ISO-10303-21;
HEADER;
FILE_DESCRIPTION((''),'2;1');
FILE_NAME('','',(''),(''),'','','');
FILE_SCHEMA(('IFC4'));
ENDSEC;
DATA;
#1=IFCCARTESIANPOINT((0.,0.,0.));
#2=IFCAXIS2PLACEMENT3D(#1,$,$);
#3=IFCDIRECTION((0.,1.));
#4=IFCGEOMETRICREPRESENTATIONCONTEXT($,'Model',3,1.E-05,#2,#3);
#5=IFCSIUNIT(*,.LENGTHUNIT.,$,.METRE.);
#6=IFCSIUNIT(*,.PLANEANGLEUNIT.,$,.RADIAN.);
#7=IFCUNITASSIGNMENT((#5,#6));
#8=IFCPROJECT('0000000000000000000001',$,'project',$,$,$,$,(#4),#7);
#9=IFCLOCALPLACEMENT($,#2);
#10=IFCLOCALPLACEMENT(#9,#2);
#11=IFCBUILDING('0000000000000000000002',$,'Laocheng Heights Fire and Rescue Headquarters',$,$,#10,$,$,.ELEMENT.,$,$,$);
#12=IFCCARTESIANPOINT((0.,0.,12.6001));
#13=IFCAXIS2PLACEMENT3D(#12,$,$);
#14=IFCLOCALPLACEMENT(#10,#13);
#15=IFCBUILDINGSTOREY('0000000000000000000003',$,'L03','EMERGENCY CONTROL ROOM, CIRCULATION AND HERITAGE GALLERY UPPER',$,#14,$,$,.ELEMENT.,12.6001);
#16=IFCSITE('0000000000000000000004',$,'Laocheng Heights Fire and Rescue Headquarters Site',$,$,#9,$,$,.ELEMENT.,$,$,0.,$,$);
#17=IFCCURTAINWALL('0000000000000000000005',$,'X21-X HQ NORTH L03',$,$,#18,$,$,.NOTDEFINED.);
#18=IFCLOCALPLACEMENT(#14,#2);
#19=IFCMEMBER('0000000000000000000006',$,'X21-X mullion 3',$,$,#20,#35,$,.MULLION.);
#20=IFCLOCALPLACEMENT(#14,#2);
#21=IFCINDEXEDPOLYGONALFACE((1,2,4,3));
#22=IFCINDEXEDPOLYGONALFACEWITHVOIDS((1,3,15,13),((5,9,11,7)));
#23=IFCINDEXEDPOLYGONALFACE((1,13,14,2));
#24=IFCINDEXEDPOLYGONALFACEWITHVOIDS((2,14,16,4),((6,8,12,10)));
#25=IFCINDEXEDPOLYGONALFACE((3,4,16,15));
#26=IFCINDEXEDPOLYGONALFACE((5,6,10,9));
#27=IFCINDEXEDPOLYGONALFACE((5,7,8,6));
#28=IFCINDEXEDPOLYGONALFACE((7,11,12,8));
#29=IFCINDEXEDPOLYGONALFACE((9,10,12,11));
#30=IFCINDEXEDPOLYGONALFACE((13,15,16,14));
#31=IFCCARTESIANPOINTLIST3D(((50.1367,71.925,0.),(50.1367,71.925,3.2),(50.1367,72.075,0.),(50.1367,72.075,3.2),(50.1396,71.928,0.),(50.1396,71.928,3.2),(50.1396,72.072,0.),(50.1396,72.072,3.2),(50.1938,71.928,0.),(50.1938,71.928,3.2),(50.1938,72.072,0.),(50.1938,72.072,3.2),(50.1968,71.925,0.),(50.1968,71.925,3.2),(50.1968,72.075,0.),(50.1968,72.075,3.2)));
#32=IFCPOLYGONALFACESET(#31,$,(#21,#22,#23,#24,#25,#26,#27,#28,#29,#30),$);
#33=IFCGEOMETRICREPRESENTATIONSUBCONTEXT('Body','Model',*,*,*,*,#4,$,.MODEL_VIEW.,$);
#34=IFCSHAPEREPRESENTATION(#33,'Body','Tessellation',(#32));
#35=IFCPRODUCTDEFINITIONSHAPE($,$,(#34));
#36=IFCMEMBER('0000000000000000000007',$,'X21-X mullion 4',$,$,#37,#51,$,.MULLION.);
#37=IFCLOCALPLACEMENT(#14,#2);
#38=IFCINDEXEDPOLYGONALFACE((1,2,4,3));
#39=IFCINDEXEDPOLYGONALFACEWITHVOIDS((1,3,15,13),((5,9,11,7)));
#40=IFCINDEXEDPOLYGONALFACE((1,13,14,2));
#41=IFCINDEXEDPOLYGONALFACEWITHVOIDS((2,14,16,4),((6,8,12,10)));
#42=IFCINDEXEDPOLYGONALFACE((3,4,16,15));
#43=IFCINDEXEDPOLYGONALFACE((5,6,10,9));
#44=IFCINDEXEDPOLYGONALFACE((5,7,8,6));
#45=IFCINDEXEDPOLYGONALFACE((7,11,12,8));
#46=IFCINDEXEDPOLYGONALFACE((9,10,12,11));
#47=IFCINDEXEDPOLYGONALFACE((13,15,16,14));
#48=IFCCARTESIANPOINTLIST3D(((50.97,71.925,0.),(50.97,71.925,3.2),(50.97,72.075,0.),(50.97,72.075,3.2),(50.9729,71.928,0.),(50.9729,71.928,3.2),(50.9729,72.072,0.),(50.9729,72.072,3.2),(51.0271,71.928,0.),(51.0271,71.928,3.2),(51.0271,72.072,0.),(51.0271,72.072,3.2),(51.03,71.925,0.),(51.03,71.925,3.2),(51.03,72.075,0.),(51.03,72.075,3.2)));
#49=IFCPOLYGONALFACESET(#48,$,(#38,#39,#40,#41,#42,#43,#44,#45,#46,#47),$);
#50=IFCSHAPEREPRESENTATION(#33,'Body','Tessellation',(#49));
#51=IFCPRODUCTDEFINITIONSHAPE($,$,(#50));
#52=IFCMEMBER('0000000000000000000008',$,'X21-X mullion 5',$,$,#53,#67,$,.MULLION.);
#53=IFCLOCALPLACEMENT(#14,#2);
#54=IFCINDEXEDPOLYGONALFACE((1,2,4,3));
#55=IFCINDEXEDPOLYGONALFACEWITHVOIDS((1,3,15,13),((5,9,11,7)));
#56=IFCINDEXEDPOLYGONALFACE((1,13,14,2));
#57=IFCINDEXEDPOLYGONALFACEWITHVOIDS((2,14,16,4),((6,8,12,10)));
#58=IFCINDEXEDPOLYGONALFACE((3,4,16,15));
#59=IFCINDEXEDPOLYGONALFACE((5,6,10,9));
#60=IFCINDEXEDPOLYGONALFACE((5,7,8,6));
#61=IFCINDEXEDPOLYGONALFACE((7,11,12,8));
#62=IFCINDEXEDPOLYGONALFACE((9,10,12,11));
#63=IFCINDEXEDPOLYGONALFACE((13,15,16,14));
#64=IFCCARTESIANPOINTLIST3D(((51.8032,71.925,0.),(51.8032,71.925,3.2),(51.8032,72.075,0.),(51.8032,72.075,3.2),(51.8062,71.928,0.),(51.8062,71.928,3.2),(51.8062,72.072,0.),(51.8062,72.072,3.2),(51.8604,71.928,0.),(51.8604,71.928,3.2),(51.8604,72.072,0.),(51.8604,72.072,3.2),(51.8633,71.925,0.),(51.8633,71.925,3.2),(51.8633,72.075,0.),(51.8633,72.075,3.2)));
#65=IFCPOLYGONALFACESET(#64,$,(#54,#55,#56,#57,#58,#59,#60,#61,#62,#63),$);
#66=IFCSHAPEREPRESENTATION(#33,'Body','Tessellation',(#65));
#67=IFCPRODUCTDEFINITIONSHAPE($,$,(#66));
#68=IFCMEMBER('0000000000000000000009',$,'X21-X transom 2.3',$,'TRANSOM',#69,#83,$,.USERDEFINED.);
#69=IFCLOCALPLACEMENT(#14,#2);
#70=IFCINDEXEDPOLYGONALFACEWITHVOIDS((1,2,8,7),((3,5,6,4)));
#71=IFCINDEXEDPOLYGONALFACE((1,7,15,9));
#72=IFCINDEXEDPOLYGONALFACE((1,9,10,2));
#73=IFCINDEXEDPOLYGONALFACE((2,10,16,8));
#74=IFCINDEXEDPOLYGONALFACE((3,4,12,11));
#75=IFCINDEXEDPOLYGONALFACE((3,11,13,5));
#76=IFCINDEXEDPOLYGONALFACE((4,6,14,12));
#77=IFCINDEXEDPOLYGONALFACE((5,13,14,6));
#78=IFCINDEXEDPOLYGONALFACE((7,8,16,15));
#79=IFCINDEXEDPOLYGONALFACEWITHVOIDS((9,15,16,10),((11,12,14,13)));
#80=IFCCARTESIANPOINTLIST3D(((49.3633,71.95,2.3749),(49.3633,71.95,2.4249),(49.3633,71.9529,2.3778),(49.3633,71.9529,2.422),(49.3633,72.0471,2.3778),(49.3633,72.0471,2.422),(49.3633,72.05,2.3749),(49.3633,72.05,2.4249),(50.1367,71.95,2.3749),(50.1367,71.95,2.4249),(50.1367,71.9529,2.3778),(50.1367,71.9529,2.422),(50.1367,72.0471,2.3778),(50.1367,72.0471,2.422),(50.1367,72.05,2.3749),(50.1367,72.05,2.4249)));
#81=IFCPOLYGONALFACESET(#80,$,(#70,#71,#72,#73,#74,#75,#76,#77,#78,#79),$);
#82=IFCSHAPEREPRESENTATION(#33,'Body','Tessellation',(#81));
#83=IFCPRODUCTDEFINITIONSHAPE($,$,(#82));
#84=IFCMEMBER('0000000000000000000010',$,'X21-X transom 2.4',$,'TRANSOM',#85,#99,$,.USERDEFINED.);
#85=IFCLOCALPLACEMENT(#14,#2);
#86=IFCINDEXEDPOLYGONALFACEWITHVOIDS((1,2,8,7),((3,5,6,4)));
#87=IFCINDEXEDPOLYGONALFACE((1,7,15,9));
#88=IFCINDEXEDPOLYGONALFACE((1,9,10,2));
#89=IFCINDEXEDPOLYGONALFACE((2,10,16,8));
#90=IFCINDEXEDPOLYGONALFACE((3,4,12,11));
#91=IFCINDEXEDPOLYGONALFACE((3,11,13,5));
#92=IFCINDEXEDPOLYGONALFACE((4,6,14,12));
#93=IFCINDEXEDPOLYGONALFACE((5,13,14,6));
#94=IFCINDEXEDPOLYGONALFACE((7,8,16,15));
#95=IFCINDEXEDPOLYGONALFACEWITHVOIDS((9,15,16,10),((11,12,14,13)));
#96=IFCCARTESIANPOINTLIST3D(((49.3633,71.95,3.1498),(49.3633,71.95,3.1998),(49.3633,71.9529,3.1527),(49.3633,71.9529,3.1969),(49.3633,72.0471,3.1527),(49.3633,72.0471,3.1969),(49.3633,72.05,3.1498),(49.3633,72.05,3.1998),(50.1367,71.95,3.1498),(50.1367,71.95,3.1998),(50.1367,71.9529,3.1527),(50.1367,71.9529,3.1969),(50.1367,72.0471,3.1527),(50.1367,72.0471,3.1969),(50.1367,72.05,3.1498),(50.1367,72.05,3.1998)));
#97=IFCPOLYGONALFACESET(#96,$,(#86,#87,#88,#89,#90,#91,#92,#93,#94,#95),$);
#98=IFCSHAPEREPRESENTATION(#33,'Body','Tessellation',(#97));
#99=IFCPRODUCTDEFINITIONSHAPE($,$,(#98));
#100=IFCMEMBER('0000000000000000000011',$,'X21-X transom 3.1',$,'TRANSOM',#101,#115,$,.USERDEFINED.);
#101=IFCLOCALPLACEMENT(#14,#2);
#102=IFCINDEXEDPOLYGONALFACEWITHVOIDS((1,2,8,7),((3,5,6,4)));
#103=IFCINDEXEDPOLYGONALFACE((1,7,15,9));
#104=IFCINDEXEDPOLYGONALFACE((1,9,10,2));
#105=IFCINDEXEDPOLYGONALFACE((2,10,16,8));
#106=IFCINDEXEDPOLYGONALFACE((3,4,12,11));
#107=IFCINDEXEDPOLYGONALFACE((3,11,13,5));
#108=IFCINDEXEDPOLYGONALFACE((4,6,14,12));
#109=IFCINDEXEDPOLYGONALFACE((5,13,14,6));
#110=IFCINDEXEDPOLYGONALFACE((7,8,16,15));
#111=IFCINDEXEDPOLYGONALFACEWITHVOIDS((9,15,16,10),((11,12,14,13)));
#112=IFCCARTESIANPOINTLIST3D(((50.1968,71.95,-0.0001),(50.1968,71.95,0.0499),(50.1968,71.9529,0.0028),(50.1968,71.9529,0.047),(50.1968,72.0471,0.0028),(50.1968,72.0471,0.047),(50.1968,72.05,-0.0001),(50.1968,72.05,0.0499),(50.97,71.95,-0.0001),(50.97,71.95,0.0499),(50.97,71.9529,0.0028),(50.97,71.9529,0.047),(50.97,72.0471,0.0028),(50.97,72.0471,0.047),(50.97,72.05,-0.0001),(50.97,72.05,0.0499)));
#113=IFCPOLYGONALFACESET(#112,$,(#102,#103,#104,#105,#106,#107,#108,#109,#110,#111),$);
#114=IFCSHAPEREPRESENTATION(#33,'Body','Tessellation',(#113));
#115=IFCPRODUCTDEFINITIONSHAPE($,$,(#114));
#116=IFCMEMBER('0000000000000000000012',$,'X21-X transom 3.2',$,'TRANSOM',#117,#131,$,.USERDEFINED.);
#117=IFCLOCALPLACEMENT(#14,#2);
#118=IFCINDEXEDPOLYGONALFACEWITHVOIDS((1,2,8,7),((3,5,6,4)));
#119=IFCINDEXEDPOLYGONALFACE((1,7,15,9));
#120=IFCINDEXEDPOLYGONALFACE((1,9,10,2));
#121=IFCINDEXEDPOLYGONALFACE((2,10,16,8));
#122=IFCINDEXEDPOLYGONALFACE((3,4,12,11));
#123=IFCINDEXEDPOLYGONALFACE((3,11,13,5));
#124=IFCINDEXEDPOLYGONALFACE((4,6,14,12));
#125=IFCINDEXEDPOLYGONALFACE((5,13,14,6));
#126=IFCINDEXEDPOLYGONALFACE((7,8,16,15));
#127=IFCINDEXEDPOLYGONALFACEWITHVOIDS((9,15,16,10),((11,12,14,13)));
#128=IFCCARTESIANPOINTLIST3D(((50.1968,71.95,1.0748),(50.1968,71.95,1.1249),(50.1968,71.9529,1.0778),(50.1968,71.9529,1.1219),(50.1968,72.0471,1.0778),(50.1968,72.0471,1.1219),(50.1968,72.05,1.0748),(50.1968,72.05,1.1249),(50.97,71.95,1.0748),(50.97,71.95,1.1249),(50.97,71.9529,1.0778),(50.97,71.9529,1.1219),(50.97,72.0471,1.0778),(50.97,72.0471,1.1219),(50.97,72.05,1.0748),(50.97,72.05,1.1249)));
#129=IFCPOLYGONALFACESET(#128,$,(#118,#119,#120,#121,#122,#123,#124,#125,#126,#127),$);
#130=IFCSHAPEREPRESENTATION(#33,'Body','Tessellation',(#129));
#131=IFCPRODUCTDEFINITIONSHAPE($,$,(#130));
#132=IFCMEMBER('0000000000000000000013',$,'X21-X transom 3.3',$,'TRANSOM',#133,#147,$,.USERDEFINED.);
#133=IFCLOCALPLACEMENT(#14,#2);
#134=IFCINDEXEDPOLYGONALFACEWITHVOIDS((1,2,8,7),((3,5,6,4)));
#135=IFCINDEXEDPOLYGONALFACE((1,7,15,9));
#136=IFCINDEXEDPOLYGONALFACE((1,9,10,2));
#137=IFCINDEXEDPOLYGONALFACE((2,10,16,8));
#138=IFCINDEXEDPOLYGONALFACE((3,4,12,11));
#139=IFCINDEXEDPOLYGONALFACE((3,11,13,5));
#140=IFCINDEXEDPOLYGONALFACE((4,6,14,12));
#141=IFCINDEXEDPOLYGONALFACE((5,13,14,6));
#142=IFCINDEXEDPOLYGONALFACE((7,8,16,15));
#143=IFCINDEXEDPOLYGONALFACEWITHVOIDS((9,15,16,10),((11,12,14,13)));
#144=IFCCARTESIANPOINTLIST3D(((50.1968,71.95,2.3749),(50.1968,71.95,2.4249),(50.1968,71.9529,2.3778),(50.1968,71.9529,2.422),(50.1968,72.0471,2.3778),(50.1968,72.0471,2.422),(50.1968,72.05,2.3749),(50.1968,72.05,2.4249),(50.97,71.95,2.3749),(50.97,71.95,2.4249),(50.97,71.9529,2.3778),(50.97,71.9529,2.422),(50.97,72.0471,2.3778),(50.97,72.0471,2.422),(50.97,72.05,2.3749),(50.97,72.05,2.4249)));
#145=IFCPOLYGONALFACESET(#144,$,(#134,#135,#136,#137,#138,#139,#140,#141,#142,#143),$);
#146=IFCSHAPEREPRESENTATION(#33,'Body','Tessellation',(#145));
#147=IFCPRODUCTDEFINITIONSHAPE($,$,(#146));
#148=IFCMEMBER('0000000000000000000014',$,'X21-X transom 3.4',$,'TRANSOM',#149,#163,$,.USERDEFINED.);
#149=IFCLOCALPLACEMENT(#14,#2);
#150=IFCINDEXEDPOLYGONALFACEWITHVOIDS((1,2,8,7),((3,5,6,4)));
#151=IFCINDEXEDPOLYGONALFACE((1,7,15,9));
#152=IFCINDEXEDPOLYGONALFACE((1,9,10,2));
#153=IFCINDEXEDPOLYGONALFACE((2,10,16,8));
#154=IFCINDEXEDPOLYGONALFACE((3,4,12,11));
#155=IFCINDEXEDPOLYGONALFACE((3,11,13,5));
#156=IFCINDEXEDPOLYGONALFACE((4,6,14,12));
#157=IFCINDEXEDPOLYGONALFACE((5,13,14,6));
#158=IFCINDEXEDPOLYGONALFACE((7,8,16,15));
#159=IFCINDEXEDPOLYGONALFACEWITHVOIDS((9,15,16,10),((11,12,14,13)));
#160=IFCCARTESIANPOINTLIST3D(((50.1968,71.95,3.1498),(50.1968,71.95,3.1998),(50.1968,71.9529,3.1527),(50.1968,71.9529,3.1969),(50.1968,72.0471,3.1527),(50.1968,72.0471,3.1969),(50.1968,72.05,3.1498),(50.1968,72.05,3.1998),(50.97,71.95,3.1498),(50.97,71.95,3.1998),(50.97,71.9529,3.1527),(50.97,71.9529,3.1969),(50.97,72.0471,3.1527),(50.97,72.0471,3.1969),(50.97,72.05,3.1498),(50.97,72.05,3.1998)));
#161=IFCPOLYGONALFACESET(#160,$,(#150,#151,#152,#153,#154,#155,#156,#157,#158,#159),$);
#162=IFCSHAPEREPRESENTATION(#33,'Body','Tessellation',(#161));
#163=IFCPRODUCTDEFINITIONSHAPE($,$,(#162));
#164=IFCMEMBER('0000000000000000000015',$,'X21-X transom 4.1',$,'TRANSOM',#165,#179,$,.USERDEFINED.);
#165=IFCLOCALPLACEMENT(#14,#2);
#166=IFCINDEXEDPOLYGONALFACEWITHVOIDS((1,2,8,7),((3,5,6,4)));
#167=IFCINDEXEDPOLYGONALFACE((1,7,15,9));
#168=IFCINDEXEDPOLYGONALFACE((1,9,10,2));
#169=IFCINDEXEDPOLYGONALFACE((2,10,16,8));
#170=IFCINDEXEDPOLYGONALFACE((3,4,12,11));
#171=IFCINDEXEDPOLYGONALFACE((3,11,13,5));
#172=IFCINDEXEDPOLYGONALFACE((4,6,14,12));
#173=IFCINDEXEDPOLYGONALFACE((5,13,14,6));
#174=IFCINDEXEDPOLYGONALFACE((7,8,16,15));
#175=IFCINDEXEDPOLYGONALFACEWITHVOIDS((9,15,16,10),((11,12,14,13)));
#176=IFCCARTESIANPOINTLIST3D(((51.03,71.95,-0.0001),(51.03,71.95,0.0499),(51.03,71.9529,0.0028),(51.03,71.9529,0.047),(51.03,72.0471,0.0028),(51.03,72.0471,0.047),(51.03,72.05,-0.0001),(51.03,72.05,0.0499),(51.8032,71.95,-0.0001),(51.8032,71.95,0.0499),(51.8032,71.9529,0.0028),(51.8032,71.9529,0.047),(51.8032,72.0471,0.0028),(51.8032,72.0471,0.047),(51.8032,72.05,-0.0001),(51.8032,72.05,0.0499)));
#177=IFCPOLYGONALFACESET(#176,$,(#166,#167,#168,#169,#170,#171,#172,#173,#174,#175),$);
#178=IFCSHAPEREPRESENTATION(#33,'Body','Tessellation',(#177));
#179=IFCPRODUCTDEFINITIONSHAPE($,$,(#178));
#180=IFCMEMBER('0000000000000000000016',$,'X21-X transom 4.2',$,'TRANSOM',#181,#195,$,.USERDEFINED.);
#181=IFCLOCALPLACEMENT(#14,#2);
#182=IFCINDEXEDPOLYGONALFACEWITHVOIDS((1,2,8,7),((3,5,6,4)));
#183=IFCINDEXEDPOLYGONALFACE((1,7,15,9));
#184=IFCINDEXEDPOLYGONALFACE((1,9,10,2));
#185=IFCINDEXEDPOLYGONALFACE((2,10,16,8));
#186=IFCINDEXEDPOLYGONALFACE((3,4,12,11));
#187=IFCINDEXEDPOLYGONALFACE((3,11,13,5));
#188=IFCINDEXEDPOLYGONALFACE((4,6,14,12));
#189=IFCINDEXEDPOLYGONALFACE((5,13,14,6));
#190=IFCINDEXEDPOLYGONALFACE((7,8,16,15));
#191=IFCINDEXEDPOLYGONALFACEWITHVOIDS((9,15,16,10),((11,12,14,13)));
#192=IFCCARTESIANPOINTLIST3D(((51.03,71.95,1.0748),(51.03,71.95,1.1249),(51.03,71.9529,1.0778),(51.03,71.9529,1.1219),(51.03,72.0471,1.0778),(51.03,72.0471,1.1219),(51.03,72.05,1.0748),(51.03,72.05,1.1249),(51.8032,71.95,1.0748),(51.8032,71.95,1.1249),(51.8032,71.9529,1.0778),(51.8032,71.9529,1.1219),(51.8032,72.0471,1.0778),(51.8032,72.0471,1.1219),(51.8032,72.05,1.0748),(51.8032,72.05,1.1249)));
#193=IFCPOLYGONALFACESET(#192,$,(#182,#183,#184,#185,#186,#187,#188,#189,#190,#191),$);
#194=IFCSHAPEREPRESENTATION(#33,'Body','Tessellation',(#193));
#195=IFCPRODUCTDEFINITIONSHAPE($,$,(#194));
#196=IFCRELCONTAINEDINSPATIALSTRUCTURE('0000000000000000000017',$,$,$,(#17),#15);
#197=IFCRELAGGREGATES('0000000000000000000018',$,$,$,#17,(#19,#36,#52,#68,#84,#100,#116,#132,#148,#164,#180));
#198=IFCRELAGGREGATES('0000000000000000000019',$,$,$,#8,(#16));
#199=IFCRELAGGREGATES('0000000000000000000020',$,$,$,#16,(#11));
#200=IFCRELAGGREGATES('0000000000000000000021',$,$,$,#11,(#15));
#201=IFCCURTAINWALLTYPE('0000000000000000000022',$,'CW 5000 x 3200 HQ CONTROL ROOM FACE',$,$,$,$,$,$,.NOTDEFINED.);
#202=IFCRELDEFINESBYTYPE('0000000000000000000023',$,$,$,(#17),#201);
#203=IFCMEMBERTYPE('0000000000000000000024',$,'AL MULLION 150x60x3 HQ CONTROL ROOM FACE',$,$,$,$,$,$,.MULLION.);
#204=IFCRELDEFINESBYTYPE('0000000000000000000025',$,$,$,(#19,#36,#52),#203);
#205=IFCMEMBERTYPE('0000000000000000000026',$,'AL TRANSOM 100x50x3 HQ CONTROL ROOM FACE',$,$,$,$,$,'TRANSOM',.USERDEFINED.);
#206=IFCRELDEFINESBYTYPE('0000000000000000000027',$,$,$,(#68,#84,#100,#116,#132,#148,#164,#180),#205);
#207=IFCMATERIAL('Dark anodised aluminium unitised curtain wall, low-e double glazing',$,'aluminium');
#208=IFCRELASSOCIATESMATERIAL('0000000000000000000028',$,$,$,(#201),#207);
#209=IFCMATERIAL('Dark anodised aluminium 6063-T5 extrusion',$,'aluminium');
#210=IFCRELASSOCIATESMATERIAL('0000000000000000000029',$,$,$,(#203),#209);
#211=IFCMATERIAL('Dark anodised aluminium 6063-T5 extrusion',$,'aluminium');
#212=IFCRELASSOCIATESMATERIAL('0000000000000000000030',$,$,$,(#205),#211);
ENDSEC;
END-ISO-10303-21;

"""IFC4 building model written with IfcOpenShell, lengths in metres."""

from ifc_helpers import new_model, si_unit, direction, frame, origin, origin_2d, place, context, subcontext, project, spatial, hollow_rectangle, extrude, material, material_profile, profile_set, type_object, element, aggregate, save


model = new_model("IFC4")

# Units and contexts
model_context = context("Model", 3, precision=1e-05, world=origin(), true_north=direction((0.0, 1.0)))
body_context = subcontext(model_context, "Body", "Model", "MODEL_VIEW")
ifc_project = project(units=[si_unit("LENGTHUNIT", "METRE"), si_unit("PLANEANGLEUNIT", "RADIAN")], contexts=[model_context])

# Site, building, storey
site_placement = place(None, origin())
site = spatial("IfcSite", under=ifc_project, at=site_placement, Name="Laocheng Heights Fire and Rescue Headquarters Site", CompositionType="ELEMENT", RefElevation=0.0)
building_placement = place(site_placement, origin())
building = spatial("IfcBuilding", under=site, at=building_placement, Name="Laocheng Heights Fire and Rescue Headquarters", CompositionType="ELEMENT")
storey_placement = place(building_placement, frame((0.0, 0.0, 12.6001)))
storey = spatial("IfcBuildingStorey", under=building, at=storey_placement, Name="L03", Description="EMERGENCY CONTROL ROOM, CIRCULATION AND HERITAGE GALLERY UPPER", CompositionType="ELEMENT", Elevation=12.6001)

# Curtain wall, members
ifc_material_1 = material(Name="Dark anodised aluminium unitised curtain wall, low-e double glazing", Category="aluminium")
curtain_wall_type = type_object("IfcCurtainWallType", Name="CW 5000 x 3200 HQ CONTROL ROOM FACE", PredefinedType="NOTDEFINED", material=ifc_material_1)
curtain_wall_placement = place(storey_placement, origin())
curtain_wall = element("IfcCurtainWall", 1, at=curtain_wall_placement, inside=storey, type_object=curtain_wall_type, Name="X21-X HQ NORTH L03", PredefinedType="NOTDEFINED")
ifc_material_2 = material(Name="Dark anodised aluminium 6063-T5 extrusion", Category="aluminium")
ifc_material_profile_1 = material_profile(ifc_material_2, hollow_rectangle(XDim=0.1499, YDim=0.0601, WallThickness=0.0029, at=origin_2d()), Name="AL MULLION 150x60x3 HQ CONTROL ROOM FACE")
ifc_profile_set_1 = profile_set([ifc_material_profile_1], Name="Dark anodised aluminium 6063-T5 extrusion")
member_type_1 = type_object("IfcMemberType", Name="AL MULLION 150x60x3 HQ CONTROL ROOM FACE", PredefinedType="MULLION", material=ifc_profile_set_1)
member_1_placement = place(storey_placement, frame((50.1667, 72.0, 0.0), z_axis=(0.0, 0.0, 1.0), x_axis=(0.0, 1.0, 0.0)))
member_1 = element("IfcMember", 2, at=member_1_placement, type_object=member_type_1, Name="X21-X mullion 3", PredefinedType="MULLION", context=body_context, shape_type="SweptSolid", body=[
    extrude(hollow_rectangle(XDim=0.1499, YDim=0.0601, WallThickness=0.0029, at=origin_2d()), origin(), (0.0, 0.0, 1.0), 3.2),
])
member_2_placement = place(storey_placement, frame((51.0, 72.0, 0.0), z_axis=(0.0, 0.0, 1.0), x_axis=(0.0, 1.0, 0.0)))
member_2 = element("IfcMember", 3, at=member_2_placement, type_object=member_type_1, Name="X21-X mullion 4", PredefinedType="MULLION", context=body_context, shape_type="SweptSolid", body=[
    extrude(hollow_rectangle(XDim=0.1499, YDim=0.0601, WallThickness=0.0029, at=origin_2d()), origin(), (0.0, 0.0, 1.0), 3.2),
])
member_3_placement = place(storey_placement, frame((51.8333, 72.0, 0.0), z_axis=(0.0, 0.0, 1.0), x_axis=(0.0, 1.0, 0.0)))
member_3 = element("IfcMember", 4, at=member_3_placement, type_object=member_type_1, Name="X21-X mullion 5", PredefinedType="MULLION", context=body_context, shape_type="SweptSolid", body=[
    extrude(hollow_rectangle(XDim=0.1499, YDim=0.0601, WallThickness=0.0029, at=origin_2d()), origin(), (0.0, 0.0, 1.0), 3.2),
])
ifc_material_3 = material(Name="Dark anodised aluminium 6063-T5 extrusion", Category="aluminium")
ifc_material_profile_2 = material_profile(ifc_material_3, hollow_rectangle(XDim=0.1001, YDim=0.05, WallThickness=0.0029, at=origin_2d()), Name="AL TRANSOM 100x50x3 HQ CONTROL ROOM FACE")
ifc_profile_set_2 = profile_set([ifc_material_profile_2], Name="Dark anodised aluminium 6063-T5 extrusion")
member_type_2 = type_object("IfcMemberType", Name="AL TRANSOM 100x50x3 HQ CONTROL ROOM FACE", ElementType="TRANSOM", PredefinedType="USERDEFINED", material=ifc_profile_set_2)
member_4_placement = place(storey_placement, frame((49.3633, 72.0, 2.3999), z_axis=(1.0, 0.0, 0.0), x_axis=(0.0, 1.0, 0.0)))
member_4 = element("IfcMember", 5, at=member_4_placement, type_object=member_type_2, Name="X21-X transom 2.3", ObjectType="TRANSOM", PredefinedType="USERDEFINED", context=body_context, shape_type="SweptSolid", body=[
    extrude(hollow_rectangle(XDim=0.1001, YDim=0.05, WallThickness=0.0029, at=origin_2d()), origin(), (0.0, 0.0, 1.0), 0.7734),
])
member_5_placement = place(storey_placement, frame((49.3633, 72.0, 3.1748), z_axis=(1.0, 0.0, 0.0), x_axis=(0.0, 1.0, 0.0)))
member_5 = element("IfcMember", 6, at=member_5_placement, type_object=member_type_2, Name="X21-X transom 2.4", ObjectType="TRANSOM", PredefinedType="USERDEFINED", context=body_context, shape_type="SweptSolid", body=[
    extrude(hollow_rectangle(XDim=0.1001, YDim=0.05, WallThickness=0.0029, at=origin_2d()), origin(), (0.0, 0.0, 1.0), 0.7734),
])
member_6_placement = place(storey_placement, frame((50.1968, 72.0, 0.0249), z_axis=(1.0, 0.0, 0.0), x_axis=(0.0, 1.0, 0.0)))
member_6 = element("IfcMember", 7, at=member_6_placement, type_object=member_type_2, Name="X21-X transom 3.1", ObjectType="TRANSOM", PredefinedType="USERDEFINED", context=body_context, shape_type="SweptSolid", body=[
    extrude(hollow_rectangle(XDim=0.1001, YDim=0.05, WallThickness=0.0029, at=origin_2d()), origin(), (0.0, 0.0, 1.0), 0.7732),
])
member_7_placement = place(storey_placement, frame((50.1968, 72.0, 1.0999), z_axis=(1.0, 0.0, 0.0), x_axis=(0.0, 1.0, 0.0)))
member_7 = element("IfcMember", 8, at=member_7_placement, type_object=member_type_2, Name="X21-X transom 3.2", ObjectType="TRANSOM", PredefinedType="USERDEFINED", context=body_context, shape_type="SweptSolid", body=[
    extrude(hollow_rectangle(XDim=0.1001, YDim=0.05, WallThickness=0.0029, at=origin_2d()), origin(), (0.0, 0.0, 1.0), 0.7732),
])
member_8_placement = place(storey_placement, frame((50.1968, 72.0, 2.3999), z_axis=(1.0, 0.0, 0.0), x_axis=(0.0, 1.0, 0.0)))
member_8 = element("IfcMember", 9, at=member_8_placement, type_object=member_type_2, Name="X21-X transom 3.3", ObjectType="TRANSOM", PredefinedType="USERDEFINED", context=body_context, shape_type="SweptSolid", body=[
    extrude(hollow_rectangle(XDim=0.1001, YDim=0.05, WallThickness=0.0029, at=origin_2d()), origin(), (0.0, 0.0, 1.0), 0.7732),
])
member_9_placement = place(storey_placement, frame((50.1968, 72.0, 3.1748), z_axis=(1.0, 0.0, 0.0), x_axis=(0.0, 1.0, 0.0)))
member_9 = element("IfcMember", 10, at=member_9_placement, type_object=member_type_2, Name="X21-X transom 3.4", ObjectType="TRANSOM", PredefinedType="USERDEFINED", context=body_context, shape_type="SweptSolid", body=[
    extrude(hollow_rectangle(XDim=0.1001, YDim=0.05, WallThickness=0.0029, at=origin_2d()), origin(), (0.0, 0.0, 1.0), 0.7732),
])
member_10_placement = place(storey_placement, frame((51.03, 72.0, 0.0249), z_axis=(1.0, 0.0, 0.0), x_axis=(0.0, 1.0, 0.0)))
member_10 = element("IfcMember", 11, at=member_10_placement, type_object=member_type_2, Name="X21-X transom 4.1", ObjectType="TRANSOM", PredefinedType="USERDEFINED", context=body_context, shape_type="SweptSolid", body=[
    extrude(hollow_rectangle(XDim=0.1001, YDim=0.05, WallThickness=0.0029, at=origin_2d()), origin(), (0.0, 0.0, 1.0), 0.7732),
])
member_11_placement = place(storey_placement, frame((51.03, 72.0, 1.0999), z_axis=(1.0, 0.0, 0.0), x_axis=(0.0, 1.0, 0.0)))
member_11 = element("IfcMember", 12, at=member_11_placement, type_object=member_type_2, Name="X21-X transom 4.2", ObjectType="TRANSOM", PredefinedType="USERDEFINED", context=body_context, shape_type="SweptSolid", body=[
    extrude(hollow_rectangle(XDim=0.1001, YDim=0.05, WallThickness=0.0029, at=origin_2d()), origin(), (0.0, 0.0, 1.0), 0.7732),
])
aggregate(curtain_wall, [member_1, member_2, member_3, member_4, member_5, member_6, member_7, member_8, member_9, member_10, member_11])

save(model, "model.ifc")
